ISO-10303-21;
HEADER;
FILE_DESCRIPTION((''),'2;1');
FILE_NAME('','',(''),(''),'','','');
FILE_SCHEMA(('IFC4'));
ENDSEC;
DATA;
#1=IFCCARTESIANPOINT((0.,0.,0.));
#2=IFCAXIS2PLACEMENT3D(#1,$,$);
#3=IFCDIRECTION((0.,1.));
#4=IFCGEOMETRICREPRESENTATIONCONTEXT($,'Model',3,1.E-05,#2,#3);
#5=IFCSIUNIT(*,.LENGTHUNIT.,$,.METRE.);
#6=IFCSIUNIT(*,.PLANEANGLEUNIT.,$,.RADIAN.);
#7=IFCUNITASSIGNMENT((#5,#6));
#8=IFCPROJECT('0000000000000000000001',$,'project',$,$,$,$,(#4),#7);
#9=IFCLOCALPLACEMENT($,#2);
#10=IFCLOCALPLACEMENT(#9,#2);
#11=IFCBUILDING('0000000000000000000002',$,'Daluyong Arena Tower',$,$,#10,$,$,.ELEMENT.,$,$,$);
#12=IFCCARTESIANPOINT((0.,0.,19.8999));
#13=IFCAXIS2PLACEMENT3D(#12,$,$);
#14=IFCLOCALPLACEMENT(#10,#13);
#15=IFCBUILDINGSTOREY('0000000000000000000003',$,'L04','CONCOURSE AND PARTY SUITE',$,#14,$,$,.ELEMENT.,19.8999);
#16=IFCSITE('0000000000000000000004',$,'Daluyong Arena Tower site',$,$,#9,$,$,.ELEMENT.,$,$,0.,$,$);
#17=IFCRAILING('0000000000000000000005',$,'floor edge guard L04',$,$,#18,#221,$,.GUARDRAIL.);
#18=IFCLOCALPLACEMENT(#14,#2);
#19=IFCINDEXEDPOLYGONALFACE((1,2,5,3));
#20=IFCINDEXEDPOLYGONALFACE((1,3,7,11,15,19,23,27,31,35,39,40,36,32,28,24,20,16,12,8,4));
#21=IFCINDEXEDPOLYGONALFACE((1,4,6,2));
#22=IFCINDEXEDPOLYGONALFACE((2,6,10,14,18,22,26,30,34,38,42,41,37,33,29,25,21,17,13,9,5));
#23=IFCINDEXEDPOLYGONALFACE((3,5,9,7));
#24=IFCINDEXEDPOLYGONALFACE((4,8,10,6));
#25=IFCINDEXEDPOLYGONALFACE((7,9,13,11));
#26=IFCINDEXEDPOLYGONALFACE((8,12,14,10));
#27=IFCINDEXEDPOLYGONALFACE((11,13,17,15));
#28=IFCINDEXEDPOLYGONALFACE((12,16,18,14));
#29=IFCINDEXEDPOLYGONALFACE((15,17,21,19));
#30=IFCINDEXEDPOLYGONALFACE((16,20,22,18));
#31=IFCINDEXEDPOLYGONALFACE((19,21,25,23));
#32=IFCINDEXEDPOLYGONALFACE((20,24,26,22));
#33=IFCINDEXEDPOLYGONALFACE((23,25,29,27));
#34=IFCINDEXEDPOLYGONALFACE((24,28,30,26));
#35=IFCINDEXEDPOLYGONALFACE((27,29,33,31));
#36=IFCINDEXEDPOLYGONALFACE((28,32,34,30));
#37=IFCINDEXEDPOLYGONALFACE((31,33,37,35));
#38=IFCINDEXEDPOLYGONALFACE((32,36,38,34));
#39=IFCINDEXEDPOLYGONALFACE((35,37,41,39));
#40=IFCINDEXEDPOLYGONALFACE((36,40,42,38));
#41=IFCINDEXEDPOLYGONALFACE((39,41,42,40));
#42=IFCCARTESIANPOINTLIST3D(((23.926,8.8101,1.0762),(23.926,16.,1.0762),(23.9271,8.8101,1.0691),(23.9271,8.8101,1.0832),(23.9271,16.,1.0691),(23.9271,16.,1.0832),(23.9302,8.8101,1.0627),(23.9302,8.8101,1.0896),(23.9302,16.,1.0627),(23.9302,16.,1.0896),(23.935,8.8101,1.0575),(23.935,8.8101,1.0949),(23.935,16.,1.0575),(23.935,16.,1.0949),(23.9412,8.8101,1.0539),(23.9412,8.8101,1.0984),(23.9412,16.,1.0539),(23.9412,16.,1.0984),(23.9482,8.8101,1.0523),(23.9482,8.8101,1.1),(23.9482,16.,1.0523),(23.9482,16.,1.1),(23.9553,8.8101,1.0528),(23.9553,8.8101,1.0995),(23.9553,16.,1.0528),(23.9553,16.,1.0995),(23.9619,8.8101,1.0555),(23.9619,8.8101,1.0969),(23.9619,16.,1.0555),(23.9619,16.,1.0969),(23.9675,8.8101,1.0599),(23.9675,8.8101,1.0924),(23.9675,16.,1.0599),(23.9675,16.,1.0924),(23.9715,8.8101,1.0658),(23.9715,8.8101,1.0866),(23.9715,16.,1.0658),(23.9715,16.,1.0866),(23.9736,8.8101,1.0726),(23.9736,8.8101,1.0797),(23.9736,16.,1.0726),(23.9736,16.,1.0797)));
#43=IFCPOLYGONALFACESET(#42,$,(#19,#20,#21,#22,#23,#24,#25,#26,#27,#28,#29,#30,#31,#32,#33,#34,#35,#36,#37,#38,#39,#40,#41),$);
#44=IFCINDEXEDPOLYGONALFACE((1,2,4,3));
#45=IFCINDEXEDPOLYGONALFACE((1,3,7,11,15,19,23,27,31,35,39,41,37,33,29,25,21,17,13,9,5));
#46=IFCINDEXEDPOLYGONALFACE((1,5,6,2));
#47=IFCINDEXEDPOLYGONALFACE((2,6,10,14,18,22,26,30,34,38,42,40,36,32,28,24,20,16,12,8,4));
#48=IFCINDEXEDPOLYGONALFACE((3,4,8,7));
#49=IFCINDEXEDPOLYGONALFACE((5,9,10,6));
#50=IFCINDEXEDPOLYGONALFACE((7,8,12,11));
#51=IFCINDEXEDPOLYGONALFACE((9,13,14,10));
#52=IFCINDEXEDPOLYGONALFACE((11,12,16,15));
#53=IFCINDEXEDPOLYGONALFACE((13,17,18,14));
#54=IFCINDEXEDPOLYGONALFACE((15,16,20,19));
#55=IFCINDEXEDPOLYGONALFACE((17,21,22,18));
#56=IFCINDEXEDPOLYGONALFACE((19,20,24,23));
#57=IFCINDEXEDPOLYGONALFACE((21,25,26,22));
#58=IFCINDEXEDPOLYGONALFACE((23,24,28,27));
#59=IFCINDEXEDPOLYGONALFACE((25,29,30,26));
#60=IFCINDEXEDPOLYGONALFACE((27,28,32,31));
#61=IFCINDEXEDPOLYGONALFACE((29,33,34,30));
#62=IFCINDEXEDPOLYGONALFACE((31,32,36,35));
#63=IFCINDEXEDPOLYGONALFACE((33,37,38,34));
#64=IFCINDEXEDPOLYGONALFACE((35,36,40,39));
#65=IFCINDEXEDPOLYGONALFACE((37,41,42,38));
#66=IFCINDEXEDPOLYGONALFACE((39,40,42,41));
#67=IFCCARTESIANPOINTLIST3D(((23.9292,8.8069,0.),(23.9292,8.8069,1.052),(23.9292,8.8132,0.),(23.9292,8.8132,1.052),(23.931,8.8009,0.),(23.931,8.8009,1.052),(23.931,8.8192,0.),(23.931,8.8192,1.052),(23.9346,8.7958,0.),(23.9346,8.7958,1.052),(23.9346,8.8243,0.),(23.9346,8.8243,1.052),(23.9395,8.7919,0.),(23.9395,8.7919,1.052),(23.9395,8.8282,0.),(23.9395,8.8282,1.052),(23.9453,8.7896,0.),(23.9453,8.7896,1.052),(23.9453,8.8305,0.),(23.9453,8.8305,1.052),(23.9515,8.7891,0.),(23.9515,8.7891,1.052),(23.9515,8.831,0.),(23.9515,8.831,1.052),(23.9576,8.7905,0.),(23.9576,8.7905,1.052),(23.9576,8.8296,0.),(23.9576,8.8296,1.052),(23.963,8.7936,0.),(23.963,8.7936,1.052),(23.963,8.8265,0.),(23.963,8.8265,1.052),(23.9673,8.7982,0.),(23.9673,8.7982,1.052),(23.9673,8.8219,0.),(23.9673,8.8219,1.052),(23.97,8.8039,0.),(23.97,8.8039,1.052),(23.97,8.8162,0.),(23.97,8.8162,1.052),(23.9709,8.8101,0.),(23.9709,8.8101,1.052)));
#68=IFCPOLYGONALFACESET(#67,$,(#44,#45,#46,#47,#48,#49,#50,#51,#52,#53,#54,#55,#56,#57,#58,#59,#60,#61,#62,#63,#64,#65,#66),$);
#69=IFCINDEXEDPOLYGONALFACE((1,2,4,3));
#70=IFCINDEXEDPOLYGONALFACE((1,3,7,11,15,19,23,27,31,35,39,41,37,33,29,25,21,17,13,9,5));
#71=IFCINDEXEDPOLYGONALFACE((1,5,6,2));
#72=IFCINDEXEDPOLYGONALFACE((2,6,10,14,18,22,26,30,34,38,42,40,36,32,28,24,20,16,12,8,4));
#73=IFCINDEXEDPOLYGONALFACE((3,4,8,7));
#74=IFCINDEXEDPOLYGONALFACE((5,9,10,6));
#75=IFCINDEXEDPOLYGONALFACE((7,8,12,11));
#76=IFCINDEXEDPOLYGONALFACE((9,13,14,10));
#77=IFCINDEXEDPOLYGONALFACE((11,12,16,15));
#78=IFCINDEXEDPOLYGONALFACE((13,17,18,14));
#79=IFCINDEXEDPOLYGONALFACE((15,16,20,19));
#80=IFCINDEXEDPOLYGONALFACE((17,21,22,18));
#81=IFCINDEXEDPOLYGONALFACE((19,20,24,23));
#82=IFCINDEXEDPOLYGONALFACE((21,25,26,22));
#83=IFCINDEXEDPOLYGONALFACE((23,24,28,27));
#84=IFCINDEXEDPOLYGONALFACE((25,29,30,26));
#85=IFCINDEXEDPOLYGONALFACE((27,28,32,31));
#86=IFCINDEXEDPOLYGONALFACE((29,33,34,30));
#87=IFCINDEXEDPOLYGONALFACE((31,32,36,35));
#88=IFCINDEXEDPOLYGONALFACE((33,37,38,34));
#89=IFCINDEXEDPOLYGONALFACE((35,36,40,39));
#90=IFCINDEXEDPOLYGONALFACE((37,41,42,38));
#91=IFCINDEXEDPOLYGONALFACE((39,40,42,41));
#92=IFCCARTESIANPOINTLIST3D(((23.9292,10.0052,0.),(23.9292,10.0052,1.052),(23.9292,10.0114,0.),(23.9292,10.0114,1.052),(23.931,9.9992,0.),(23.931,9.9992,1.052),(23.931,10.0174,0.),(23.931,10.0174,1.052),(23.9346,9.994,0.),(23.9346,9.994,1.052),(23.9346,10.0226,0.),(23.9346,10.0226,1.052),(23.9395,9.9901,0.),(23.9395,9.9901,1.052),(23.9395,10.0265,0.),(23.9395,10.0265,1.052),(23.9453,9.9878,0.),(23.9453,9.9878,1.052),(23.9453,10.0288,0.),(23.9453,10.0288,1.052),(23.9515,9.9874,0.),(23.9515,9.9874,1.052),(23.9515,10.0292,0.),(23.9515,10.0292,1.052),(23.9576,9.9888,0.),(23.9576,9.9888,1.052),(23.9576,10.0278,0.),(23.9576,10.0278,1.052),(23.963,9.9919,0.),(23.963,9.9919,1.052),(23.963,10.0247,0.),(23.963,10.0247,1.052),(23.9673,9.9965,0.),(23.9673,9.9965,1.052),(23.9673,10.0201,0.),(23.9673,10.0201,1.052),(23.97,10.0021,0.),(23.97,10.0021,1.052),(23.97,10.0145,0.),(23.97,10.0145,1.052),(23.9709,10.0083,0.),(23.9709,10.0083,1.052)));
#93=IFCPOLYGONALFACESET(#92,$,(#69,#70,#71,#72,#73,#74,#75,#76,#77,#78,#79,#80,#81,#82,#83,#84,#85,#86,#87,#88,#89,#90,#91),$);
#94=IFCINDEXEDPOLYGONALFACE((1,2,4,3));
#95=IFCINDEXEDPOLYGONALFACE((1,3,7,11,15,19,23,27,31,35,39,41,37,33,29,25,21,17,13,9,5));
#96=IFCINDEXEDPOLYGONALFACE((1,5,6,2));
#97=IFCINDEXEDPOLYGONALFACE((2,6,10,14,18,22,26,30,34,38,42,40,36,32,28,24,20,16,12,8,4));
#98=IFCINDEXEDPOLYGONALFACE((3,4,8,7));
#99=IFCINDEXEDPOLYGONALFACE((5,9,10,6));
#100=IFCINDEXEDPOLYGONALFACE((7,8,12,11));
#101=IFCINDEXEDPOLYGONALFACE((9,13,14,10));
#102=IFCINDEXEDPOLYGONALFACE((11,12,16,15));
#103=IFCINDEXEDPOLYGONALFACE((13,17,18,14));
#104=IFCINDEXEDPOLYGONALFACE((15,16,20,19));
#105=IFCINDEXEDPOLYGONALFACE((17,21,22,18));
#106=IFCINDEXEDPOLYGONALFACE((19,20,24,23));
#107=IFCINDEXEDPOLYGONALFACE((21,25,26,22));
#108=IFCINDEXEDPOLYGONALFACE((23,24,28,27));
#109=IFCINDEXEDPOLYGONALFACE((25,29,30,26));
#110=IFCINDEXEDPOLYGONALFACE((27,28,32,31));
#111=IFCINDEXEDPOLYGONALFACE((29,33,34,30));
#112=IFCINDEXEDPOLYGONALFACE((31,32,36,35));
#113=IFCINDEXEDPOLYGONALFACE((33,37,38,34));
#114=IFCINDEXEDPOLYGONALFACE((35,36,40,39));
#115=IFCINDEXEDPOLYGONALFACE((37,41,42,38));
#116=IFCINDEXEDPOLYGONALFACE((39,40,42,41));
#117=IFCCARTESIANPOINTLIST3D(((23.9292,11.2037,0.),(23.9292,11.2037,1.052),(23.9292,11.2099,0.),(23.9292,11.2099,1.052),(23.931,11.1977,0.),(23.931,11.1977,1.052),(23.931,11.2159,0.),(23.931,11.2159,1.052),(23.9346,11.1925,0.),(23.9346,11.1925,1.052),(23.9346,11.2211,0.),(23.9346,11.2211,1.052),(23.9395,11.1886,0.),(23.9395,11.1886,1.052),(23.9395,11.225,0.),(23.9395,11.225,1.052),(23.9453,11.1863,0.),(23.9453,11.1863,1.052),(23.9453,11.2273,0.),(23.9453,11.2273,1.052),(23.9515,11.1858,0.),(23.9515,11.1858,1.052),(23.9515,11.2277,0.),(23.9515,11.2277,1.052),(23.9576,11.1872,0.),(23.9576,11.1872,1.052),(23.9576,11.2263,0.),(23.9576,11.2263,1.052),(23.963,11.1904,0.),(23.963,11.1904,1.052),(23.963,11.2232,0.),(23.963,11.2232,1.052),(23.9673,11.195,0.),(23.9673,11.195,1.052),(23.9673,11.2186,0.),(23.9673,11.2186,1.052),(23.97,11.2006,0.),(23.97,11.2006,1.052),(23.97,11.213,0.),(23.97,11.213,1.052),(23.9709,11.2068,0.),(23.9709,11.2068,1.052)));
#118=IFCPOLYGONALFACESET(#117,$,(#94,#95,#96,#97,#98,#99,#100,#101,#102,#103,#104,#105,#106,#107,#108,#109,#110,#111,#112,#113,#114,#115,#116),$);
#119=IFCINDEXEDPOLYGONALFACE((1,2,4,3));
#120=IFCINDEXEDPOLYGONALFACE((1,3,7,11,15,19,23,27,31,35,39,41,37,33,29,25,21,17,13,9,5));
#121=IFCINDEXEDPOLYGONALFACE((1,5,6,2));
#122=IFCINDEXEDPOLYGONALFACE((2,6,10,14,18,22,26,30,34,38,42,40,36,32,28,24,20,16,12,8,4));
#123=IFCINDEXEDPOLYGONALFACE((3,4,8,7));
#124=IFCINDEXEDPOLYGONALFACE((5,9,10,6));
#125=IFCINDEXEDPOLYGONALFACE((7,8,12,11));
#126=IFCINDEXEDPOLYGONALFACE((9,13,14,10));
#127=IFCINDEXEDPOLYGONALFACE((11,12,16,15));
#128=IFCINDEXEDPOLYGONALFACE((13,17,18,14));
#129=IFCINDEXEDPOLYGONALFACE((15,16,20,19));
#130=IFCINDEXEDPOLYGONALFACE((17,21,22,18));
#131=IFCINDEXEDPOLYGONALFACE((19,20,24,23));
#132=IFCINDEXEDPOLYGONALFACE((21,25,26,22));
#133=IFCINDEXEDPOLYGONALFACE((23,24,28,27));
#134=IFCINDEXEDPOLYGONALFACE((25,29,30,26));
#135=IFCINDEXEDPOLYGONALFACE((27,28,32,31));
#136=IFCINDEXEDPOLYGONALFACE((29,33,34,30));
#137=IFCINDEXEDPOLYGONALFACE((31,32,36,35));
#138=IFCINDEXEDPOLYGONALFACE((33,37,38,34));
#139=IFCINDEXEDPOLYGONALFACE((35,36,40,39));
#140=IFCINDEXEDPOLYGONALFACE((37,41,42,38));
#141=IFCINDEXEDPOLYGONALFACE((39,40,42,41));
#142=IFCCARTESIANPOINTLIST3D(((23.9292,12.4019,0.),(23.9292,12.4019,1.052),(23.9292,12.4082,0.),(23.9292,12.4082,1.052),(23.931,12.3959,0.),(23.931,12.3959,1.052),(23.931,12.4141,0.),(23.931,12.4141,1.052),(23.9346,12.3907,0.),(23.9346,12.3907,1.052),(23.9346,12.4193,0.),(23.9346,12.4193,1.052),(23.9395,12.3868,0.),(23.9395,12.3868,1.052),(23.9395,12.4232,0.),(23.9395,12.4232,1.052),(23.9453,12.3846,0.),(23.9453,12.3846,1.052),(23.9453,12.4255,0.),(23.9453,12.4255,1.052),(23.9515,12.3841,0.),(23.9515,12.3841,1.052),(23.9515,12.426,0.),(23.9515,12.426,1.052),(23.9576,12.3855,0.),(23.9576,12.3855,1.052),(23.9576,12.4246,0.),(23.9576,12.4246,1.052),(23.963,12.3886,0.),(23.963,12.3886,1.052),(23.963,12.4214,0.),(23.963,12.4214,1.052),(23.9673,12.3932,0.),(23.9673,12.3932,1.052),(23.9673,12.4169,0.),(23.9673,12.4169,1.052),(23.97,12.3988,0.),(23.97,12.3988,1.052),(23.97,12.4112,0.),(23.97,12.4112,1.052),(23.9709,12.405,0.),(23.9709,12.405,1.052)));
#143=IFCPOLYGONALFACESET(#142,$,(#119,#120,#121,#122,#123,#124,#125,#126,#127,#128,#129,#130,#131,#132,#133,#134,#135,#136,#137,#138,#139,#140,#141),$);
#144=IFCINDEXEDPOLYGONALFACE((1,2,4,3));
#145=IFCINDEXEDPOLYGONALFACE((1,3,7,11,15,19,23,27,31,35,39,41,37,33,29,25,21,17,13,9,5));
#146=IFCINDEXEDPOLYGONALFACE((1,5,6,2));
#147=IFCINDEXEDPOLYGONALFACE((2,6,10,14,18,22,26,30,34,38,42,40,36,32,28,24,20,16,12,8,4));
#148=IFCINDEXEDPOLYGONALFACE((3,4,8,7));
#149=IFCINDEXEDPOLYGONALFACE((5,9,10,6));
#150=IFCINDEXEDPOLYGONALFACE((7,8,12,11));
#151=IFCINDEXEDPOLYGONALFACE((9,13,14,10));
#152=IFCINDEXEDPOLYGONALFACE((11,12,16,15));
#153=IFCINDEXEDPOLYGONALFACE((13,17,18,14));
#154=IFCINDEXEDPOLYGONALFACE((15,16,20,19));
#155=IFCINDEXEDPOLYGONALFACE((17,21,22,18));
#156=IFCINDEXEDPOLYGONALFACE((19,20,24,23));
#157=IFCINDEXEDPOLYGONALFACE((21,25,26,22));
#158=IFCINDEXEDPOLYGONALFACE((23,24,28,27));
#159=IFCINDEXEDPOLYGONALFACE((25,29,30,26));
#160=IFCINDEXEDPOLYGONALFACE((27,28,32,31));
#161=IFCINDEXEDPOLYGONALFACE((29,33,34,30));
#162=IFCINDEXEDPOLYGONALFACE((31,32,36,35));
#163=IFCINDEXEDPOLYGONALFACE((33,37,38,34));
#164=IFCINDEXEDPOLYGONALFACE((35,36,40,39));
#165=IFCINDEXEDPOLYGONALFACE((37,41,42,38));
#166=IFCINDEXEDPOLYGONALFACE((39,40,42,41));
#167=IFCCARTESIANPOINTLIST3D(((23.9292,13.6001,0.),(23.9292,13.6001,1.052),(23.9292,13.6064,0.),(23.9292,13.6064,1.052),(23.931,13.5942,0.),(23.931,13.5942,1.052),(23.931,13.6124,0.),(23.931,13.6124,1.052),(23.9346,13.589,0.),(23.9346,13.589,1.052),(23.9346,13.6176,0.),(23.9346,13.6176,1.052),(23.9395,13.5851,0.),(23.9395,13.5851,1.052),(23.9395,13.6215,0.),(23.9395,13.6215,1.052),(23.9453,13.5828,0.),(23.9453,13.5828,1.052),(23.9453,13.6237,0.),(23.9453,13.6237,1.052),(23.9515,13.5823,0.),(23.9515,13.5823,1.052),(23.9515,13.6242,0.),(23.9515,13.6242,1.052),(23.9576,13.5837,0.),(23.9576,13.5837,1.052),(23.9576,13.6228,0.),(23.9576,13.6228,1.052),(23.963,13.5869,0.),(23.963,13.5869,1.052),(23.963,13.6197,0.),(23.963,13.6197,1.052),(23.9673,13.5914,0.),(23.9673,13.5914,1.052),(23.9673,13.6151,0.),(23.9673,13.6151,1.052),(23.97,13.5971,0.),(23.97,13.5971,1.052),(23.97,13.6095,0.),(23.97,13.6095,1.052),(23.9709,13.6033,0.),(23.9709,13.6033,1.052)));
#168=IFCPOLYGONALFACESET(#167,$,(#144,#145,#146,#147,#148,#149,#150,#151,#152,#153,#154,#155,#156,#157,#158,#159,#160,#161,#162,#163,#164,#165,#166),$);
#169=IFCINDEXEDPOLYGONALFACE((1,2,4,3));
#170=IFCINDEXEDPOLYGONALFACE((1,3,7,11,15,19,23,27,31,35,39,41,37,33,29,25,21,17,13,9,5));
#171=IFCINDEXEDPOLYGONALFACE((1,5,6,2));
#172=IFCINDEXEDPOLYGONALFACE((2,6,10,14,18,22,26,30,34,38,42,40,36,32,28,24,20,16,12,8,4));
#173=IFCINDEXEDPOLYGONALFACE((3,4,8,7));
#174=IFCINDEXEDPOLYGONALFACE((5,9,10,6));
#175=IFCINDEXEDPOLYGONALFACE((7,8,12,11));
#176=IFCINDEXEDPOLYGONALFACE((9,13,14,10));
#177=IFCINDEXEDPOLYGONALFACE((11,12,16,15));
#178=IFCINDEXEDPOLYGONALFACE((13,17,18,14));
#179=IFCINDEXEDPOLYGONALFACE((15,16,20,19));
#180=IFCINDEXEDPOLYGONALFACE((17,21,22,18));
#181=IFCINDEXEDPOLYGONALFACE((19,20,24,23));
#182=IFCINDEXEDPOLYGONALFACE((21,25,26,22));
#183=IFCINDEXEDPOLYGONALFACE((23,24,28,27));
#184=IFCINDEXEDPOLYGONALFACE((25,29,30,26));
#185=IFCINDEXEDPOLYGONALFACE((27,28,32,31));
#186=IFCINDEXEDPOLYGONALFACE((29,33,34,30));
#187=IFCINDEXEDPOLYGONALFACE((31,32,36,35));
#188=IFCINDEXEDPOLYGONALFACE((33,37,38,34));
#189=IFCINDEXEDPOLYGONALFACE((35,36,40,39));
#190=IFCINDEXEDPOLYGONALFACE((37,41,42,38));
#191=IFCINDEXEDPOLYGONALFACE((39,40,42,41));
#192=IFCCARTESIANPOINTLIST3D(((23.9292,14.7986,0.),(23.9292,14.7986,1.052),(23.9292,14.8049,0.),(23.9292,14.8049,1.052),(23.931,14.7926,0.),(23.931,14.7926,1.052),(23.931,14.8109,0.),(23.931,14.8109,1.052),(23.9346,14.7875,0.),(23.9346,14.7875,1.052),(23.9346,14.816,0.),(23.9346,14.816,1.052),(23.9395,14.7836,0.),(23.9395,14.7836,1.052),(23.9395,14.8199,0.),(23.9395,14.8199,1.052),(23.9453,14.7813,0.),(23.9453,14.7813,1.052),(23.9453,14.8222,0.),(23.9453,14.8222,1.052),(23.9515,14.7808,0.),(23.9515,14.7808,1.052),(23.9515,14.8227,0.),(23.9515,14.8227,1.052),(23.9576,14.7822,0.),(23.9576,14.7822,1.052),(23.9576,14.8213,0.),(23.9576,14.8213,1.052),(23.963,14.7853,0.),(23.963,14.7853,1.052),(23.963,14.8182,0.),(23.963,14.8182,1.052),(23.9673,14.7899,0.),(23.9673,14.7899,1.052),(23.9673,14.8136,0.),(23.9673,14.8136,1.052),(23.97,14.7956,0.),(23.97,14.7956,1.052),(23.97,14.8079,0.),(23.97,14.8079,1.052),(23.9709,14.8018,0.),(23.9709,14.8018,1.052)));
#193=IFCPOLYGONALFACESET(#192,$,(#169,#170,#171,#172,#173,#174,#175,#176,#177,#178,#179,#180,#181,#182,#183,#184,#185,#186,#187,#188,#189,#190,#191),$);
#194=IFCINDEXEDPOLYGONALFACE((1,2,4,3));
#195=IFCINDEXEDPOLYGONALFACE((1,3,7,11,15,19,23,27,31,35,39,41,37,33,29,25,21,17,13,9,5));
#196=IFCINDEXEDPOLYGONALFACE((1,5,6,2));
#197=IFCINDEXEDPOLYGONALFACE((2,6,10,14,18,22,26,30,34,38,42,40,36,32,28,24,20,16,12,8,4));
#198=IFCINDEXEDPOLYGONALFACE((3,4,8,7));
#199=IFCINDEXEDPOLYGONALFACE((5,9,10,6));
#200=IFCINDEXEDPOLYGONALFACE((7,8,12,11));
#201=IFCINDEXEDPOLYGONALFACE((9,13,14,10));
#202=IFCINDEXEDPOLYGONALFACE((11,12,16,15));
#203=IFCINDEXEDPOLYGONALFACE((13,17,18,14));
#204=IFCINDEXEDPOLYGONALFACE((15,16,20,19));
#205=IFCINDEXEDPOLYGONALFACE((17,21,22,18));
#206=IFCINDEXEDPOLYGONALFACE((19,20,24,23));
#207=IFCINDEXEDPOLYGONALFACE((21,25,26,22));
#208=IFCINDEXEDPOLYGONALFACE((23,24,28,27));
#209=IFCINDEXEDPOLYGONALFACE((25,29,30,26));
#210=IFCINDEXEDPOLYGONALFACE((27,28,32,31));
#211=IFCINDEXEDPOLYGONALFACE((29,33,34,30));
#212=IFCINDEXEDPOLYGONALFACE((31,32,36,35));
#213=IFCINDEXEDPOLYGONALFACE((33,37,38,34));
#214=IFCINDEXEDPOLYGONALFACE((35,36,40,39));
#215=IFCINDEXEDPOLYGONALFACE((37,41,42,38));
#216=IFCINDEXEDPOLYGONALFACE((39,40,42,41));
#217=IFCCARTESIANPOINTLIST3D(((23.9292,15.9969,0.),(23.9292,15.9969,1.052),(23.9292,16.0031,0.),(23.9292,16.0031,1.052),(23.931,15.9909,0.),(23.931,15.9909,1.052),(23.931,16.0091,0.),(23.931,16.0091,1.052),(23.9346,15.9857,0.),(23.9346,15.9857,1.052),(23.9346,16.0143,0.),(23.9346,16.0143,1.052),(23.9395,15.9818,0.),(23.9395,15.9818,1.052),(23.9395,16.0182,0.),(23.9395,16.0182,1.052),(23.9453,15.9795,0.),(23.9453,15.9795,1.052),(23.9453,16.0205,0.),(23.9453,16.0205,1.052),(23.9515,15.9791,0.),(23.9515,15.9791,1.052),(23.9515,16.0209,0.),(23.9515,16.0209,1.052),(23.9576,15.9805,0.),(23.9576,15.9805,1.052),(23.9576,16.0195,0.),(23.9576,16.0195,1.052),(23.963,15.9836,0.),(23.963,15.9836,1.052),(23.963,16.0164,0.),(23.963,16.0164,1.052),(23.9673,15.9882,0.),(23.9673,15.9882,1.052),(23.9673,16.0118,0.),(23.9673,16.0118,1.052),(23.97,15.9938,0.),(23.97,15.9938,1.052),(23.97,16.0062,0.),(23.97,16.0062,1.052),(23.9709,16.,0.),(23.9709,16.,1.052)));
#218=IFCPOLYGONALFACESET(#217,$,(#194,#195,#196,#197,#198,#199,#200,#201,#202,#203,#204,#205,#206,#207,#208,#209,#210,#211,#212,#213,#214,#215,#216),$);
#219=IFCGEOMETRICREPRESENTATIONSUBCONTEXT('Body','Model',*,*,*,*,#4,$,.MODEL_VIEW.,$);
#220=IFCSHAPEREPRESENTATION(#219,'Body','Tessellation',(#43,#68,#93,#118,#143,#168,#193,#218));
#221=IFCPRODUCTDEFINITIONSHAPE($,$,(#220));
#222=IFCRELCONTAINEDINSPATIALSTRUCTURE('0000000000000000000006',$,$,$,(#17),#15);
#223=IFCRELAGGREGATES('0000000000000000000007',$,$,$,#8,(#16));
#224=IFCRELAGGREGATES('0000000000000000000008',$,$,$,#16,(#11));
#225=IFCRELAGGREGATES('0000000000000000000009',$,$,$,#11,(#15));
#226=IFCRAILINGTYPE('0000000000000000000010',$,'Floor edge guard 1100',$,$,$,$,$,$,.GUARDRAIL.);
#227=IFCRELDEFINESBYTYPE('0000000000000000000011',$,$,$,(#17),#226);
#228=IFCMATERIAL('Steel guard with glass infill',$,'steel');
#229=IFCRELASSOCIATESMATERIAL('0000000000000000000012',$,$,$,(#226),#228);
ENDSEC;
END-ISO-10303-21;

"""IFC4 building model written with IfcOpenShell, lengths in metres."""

from ifc_helpers import new_model, si_unit, direction, frame, origin, origin_2d, place, context, subcontext, project, spatial, circle, extrude, material, type_object, element, save


model = new_model("IFC4")

# Units and contexts
model_context = context("Model", 3, precision=1e-05, world=origin(), true_north=direction((0.0, 1.0)))
body_context = subcontext(model_context, "Body", "Model", "MODEL_VIEW")
ifc_project = project(units=[si_unit("LENGTHUNIT", "METRE"), si_unit("PLANEANGLEUNIT", "RADIAN")], contexts=[model_context])

# Site, building, storey
site_placement = place(None, origin())
site = spatial("IfcSite", under=ifc_project, at=site_placement, Name="Daluyong Arena Tower site", CompositionType="ELEMENT", RefElevation=0.0)
building_placement = place(site_placement, origin())
building = spatial("IfcBuilding", under=site, at=building_placement, Name="Daluyong Arena Tower", CompositionType="ELEMENT")
storey_placement = place(building_placement, frame((0.0, 0.0, 19.8999)))
storey = spatial("IfcBuildingStorey", under=building, at=storey_placement, Name="L04", Description="CONCOURSE AND PARTY SUITE", CompositionType="ELEMENT", Elevation=19.8999)

# Railing
ifc_material_1 = material(Name="Steel guard with glass infill", Category="steel")
railing_type = type_object("IfcRailingType", Name="Floor edge guard 1100", PredefinedType="GUARDRAIL", material=ifc_material_1)
railing_1_placement = place(storey_placement, frame((23.95, 8.8101, 0.0)))
element("IfcRailing", 1, at=railing_1_placement, inside=storey, type_object=railing_type, Name="floor edge guard L04", PredefinedType="GUARDRAIL", context=body_context, shape_type="SweptSolid", body=[
    extrude(circle(Radius=0.0239, at=origin_2d()), frame((0.0, 0.0, 1.0762), z_axis=(0.0, 1.0, 0.0), x_axis=(-1.0, 0.0, 0.0)), (0.0, 0.0, 1.0), 7.1899),
    extrude(circle(Radius=0.021, at=origin_2d()), origin(), (0.0, 0.0, 1.0), 1.052),
    extrude(circle(Radius=0.021, at=origin_2d()), frame((0.0, 1.1982, 0.0)), (0.0, 0.0, 1.0), 1.052),
    extrude(circle(Radius=0.021, at=origin_2d()), frame((0.0, 2.3967, 0.0)), (0.0, 0.0, 1.0), 1.052),
    extrude(circle(Radius=0.021, at=origin_2d()), frame((0.0, 3.595, 0.0)), (0.0, 0.0, 1.0), 1.052),
    extrude(circle(Radius=0.021, at=origin_2d()), frame((0.0, 4.7932, 0.0)), (0.0, 0.0, 1.0), 1.052),
    extrude(circle(Radius=0.021, at=origin_2d()), frame((0.0, 5.9917, 0.0)), (0.0, 0.0, 1.0), 1.052),
    extrude(circle(Radius=0.021, at=origin_2d()), frame((0.0, 7.1899, 0.0)), (0.0, 0.0, 1.0), 1.052),
])

save(model, "model.ifc")
